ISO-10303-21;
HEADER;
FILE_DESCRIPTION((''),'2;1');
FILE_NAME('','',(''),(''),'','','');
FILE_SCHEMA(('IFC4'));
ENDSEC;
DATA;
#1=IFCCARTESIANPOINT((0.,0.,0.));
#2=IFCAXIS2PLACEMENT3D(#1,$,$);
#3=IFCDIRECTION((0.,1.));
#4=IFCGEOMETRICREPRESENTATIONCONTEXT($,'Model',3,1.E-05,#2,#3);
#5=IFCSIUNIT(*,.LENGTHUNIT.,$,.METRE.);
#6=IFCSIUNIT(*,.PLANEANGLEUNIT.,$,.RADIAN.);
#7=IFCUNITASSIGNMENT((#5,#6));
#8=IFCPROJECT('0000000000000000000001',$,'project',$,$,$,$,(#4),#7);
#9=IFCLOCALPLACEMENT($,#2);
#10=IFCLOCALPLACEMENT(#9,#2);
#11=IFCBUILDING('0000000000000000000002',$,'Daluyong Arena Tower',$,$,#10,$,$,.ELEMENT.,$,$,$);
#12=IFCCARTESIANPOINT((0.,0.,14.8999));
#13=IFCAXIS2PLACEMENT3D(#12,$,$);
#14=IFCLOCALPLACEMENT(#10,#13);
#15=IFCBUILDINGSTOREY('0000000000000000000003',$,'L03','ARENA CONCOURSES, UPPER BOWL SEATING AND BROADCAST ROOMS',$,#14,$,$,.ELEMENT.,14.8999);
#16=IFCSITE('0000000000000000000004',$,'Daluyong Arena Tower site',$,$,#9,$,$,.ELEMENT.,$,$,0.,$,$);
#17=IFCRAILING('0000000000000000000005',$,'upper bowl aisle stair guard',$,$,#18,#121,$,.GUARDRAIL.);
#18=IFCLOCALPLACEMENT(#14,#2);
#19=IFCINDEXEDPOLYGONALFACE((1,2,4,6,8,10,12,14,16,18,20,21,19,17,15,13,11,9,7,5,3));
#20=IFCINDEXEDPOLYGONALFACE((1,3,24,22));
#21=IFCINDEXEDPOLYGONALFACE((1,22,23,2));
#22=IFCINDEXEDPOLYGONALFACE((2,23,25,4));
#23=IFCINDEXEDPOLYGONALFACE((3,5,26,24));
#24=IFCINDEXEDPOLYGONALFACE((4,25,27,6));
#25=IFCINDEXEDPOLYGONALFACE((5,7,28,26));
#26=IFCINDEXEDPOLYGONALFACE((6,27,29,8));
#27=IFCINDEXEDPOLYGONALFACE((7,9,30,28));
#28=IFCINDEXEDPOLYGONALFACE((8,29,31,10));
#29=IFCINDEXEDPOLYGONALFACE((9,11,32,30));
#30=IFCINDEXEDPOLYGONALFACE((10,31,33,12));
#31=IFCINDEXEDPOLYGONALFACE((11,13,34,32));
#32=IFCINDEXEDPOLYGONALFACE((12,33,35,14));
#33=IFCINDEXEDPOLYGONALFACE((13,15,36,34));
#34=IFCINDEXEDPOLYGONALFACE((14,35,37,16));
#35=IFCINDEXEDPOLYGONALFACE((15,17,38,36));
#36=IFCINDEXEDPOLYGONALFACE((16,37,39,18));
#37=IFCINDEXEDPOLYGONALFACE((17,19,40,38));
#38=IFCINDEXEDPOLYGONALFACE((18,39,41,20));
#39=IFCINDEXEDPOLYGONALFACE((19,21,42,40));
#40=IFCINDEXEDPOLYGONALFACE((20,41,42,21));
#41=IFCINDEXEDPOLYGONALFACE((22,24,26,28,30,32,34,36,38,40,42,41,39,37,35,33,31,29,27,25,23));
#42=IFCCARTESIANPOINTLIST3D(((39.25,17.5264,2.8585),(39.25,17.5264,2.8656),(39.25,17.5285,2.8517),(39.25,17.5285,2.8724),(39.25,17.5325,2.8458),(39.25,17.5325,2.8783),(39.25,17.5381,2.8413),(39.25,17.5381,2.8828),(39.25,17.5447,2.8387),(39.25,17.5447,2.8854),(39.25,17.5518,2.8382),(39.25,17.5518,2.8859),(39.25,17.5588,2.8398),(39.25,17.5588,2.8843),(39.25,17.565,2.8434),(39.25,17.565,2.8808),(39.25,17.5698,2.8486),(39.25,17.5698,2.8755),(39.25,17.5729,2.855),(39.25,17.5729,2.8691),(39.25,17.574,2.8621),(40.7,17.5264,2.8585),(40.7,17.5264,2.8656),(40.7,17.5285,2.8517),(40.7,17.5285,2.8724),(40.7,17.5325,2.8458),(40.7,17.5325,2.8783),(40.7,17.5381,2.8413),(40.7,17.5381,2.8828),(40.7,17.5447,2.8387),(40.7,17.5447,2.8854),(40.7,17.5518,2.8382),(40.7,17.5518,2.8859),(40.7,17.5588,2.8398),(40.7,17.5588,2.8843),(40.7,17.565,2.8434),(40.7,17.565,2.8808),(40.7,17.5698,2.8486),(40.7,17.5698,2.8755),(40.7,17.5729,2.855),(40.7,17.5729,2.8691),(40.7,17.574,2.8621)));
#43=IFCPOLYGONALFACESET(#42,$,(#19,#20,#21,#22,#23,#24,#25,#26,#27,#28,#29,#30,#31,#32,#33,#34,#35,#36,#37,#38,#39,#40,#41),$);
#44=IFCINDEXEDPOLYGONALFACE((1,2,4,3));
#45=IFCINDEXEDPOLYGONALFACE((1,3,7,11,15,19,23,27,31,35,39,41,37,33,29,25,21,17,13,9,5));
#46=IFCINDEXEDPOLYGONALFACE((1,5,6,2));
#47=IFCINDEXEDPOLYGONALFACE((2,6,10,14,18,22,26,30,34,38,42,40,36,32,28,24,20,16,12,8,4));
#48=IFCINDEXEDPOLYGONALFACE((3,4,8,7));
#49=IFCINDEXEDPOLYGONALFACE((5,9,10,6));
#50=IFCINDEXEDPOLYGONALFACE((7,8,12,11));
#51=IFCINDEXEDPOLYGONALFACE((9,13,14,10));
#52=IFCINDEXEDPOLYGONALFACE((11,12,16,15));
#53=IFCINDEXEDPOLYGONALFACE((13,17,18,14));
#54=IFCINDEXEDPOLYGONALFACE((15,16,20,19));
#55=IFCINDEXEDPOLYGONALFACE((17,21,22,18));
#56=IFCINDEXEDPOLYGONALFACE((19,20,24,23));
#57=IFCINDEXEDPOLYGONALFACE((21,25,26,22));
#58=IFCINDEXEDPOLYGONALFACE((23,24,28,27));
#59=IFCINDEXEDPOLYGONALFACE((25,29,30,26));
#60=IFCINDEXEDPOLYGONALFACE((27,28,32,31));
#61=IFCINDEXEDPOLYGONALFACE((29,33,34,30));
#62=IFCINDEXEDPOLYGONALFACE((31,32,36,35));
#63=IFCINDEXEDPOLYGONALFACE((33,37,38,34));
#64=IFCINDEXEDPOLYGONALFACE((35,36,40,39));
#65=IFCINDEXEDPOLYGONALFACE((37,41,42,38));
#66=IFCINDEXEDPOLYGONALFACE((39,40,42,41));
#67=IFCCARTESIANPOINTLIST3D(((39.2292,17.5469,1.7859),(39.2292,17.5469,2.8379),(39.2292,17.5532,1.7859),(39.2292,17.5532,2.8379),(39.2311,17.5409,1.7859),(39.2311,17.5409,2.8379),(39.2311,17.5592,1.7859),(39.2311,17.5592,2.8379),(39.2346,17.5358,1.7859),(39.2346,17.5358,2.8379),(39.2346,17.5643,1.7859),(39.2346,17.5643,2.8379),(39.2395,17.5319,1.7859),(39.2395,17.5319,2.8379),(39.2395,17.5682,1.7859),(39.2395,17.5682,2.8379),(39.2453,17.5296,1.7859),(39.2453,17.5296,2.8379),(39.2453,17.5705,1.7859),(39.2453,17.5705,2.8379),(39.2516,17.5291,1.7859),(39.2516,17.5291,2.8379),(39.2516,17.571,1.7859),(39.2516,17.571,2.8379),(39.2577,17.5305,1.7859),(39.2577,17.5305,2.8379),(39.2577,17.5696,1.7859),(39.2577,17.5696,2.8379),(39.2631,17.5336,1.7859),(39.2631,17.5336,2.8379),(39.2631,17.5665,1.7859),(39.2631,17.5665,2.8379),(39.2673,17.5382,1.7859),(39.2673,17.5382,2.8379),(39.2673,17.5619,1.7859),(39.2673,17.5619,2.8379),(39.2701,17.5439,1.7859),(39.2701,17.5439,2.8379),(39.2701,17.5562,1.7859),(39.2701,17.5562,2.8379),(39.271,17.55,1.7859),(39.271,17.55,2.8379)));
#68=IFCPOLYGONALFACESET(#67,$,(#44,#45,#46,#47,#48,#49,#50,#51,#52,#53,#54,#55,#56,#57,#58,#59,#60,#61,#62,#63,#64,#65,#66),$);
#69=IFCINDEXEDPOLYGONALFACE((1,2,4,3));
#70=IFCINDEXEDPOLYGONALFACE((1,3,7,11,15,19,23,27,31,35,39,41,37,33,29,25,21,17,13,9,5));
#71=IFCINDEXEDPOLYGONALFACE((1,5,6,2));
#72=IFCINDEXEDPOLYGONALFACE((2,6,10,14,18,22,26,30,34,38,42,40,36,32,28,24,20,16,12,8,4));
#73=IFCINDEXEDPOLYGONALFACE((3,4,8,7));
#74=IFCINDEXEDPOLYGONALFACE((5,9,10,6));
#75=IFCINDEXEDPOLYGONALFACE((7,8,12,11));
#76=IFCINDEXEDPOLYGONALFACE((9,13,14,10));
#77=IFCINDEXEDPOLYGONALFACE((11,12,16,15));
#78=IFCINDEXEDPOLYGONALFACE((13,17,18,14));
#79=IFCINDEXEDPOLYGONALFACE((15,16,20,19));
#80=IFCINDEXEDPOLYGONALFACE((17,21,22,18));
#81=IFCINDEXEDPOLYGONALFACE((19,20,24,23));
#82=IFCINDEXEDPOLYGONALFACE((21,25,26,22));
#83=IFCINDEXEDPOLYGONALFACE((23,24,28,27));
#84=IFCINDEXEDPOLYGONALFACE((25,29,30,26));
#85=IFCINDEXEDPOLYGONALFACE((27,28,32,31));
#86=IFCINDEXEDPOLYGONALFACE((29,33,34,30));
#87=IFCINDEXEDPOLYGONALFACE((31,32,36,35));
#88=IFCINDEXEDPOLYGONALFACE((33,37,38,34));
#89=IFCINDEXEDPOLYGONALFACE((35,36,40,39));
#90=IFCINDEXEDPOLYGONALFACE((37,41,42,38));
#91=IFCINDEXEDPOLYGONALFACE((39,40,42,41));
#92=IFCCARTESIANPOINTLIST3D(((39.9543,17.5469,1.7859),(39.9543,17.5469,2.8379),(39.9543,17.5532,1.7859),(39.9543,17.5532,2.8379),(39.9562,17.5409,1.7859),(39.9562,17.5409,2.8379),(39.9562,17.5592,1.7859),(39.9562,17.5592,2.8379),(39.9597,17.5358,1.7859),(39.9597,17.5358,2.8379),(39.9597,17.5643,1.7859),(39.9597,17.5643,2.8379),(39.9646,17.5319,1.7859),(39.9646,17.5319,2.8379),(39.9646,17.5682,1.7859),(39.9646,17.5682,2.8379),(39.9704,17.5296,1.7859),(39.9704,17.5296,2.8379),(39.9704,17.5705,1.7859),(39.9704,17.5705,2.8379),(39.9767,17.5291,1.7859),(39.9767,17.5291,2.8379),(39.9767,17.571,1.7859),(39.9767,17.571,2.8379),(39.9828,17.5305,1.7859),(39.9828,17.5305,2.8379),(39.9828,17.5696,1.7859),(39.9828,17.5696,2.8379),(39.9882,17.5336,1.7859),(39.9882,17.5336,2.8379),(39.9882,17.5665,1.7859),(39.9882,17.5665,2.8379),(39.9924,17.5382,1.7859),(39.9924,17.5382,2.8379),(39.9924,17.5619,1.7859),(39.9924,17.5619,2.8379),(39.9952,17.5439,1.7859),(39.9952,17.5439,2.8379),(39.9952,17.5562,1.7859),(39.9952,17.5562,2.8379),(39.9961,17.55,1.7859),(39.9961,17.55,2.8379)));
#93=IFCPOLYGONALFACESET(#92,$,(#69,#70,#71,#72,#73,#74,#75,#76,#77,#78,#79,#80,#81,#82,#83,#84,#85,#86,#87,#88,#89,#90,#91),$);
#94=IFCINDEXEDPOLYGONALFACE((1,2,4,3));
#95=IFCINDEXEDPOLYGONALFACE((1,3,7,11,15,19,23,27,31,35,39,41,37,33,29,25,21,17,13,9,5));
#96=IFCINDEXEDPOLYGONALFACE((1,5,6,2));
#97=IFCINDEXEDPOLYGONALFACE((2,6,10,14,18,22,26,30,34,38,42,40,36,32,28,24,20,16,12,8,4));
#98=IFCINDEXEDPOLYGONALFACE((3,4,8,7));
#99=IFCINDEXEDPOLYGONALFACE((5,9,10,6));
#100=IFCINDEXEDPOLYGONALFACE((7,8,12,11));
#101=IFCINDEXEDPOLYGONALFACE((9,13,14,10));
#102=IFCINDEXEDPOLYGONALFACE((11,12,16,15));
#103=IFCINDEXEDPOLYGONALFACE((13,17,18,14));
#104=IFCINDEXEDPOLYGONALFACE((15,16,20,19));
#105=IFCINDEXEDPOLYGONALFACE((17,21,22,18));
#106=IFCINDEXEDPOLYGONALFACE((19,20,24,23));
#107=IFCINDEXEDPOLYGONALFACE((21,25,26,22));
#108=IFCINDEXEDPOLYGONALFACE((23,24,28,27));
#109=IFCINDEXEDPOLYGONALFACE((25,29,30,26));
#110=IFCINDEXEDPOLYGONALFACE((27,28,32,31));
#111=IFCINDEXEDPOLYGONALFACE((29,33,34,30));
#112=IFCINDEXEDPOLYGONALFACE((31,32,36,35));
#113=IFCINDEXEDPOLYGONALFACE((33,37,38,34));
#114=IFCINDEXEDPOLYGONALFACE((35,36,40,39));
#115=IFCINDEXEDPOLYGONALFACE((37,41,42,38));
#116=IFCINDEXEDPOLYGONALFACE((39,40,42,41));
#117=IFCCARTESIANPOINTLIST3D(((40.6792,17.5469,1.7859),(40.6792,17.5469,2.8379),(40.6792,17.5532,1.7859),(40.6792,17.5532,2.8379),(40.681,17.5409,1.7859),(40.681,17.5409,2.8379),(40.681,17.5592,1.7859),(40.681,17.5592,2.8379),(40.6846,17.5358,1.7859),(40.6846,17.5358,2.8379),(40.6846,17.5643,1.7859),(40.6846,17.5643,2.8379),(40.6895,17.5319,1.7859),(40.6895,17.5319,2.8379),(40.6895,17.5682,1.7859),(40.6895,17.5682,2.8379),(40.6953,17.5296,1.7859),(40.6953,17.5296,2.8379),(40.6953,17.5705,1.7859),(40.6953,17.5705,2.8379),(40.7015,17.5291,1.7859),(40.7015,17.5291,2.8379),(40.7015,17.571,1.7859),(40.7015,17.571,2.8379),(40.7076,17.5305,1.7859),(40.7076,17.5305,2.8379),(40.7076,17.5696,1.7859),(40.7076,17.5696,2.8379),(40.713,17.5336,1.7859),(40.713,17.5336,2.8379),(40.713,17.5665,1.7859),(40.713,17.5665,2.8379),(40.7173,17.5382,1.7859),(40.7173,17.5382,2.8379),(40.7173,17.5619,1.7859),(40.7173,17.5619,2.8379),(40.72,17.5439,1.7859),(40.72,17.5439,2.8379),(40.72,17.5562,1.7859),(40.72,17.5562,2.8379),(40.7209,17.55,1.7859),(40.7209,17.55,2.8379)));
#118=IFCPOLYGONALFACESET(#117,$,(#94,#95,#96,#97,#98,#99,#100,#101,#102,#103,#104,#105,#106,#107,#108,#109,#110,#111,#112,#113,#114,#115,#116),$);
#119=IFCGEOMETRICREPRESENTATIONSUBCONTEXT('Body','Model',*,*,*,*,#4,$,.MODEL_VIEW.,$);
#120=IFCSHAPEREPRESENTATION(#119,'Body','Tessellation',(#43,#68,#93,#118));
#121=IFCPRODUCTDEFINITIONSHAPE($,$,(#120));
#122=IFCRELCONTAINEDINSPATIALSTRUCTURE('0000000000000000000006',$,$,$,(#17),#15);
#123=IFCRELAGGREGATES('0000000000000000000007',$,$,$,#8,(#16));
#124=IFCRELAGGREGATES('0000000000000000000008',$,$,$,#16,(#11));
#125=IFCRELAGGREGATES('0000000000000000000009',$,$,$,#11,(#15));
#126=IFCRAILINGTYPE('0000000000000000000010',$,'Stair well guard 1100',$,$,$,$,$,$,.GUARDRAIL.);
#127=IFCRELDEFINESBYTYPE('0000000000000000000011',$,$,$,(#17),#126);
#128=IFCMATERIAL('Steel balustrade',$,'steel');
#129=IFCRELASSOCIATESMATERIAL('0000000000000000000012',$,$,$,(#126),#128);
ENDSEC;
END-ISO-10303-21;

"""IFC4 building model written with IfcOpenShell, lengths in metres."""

from ifc_helpers import new_model, si_unit, direction, frame, origin, origin_2d, place, context, subcontext, project, spatial, circle, extrude, material, type_object, element, save


model = new_model("IFC4")

# Units and contexts
model_context = context("Model", 3, precision=1e-05, world=origin(), true_north=direction((0.0, 1.0)))
body_context = subcontext(model_context, "Body", "Model", "MODEL_VIEW")
ifc_project = project(units=[si_unit("LENGTHUNIT", "METRE"), si_unit("PLANEANGLEUNIT", "RADIAN")], contexts=[model_context])

# Site, building, storey
site_placement = place(None, origin())
site = spatial("IfcSite", under=ifc_project, at=site_placement, Name="Daluyong Arena Tower site", CompositionType="ELEMENT", RefElevation=0.0)
building_placement = place(site_placement, origin())
building = spatial("IfcBuilding", under=site, at=building_placement, Name="Daluyong Arena Tower", CompositionType="ELEMENT")
storey_placement = place(building_placement, frame((0.0, 0.0, 14.8999)))
storey = spatial("IfcBuildingStorey", under=building, at=storey_placement, Name="L03", Description="ARENA CONCOURSES, UPPER BOWL SEATING AND BROADCAST ROOMS", CompositionType="ELEMENT", Elevation=14.8999)

# Railing
ifc_material_1 = material(Name="Steel balustrade", Category="steel")
railing_type_1 = type_object("IfcRailingType", Name="Stair well guard 1100", PredefinedType="GUARDRAIL", material=ifc_material_1)
railing_1_placement = place(storey_placement, frame((39.25, 17.55, 1.7859)))
element("IfcRailing", 1, at=railing_1_placement, inside=storey, type_object=railing_type_1, Name="upper bowl aisle stair guard", PredefinedType="GUARDRAIL", context=body_context, shape_type="SweptSolid", body=[
    extrude(circle(Radius=0.0239, at=origin_2d()), frame((0.0, 0.0, 1.0762), z_axis=(1.0, 0.0, 0.0), x_axis=(0.0, 1.0, 0.0)), (0.0, 0.0, 1.0), 1.45),
    extrude(circle(Radius=0.021, at=origin_2d()), origin(), (0.0, 0.0, 1.0), 1.052),
    extrude(circle(Radius=0.021, at=origin_2d()), frame((0.7251, 0.0, 0.0)), (0.0, 0.0, 1.0), 1.052),
    extrude(circle(Radius=0.021, at=origin_2d()), frame((1.45, 0.0, 0.0)), (0.0, 0.0, 1.0), 1.052),
])

save(model, "model.ifc")
